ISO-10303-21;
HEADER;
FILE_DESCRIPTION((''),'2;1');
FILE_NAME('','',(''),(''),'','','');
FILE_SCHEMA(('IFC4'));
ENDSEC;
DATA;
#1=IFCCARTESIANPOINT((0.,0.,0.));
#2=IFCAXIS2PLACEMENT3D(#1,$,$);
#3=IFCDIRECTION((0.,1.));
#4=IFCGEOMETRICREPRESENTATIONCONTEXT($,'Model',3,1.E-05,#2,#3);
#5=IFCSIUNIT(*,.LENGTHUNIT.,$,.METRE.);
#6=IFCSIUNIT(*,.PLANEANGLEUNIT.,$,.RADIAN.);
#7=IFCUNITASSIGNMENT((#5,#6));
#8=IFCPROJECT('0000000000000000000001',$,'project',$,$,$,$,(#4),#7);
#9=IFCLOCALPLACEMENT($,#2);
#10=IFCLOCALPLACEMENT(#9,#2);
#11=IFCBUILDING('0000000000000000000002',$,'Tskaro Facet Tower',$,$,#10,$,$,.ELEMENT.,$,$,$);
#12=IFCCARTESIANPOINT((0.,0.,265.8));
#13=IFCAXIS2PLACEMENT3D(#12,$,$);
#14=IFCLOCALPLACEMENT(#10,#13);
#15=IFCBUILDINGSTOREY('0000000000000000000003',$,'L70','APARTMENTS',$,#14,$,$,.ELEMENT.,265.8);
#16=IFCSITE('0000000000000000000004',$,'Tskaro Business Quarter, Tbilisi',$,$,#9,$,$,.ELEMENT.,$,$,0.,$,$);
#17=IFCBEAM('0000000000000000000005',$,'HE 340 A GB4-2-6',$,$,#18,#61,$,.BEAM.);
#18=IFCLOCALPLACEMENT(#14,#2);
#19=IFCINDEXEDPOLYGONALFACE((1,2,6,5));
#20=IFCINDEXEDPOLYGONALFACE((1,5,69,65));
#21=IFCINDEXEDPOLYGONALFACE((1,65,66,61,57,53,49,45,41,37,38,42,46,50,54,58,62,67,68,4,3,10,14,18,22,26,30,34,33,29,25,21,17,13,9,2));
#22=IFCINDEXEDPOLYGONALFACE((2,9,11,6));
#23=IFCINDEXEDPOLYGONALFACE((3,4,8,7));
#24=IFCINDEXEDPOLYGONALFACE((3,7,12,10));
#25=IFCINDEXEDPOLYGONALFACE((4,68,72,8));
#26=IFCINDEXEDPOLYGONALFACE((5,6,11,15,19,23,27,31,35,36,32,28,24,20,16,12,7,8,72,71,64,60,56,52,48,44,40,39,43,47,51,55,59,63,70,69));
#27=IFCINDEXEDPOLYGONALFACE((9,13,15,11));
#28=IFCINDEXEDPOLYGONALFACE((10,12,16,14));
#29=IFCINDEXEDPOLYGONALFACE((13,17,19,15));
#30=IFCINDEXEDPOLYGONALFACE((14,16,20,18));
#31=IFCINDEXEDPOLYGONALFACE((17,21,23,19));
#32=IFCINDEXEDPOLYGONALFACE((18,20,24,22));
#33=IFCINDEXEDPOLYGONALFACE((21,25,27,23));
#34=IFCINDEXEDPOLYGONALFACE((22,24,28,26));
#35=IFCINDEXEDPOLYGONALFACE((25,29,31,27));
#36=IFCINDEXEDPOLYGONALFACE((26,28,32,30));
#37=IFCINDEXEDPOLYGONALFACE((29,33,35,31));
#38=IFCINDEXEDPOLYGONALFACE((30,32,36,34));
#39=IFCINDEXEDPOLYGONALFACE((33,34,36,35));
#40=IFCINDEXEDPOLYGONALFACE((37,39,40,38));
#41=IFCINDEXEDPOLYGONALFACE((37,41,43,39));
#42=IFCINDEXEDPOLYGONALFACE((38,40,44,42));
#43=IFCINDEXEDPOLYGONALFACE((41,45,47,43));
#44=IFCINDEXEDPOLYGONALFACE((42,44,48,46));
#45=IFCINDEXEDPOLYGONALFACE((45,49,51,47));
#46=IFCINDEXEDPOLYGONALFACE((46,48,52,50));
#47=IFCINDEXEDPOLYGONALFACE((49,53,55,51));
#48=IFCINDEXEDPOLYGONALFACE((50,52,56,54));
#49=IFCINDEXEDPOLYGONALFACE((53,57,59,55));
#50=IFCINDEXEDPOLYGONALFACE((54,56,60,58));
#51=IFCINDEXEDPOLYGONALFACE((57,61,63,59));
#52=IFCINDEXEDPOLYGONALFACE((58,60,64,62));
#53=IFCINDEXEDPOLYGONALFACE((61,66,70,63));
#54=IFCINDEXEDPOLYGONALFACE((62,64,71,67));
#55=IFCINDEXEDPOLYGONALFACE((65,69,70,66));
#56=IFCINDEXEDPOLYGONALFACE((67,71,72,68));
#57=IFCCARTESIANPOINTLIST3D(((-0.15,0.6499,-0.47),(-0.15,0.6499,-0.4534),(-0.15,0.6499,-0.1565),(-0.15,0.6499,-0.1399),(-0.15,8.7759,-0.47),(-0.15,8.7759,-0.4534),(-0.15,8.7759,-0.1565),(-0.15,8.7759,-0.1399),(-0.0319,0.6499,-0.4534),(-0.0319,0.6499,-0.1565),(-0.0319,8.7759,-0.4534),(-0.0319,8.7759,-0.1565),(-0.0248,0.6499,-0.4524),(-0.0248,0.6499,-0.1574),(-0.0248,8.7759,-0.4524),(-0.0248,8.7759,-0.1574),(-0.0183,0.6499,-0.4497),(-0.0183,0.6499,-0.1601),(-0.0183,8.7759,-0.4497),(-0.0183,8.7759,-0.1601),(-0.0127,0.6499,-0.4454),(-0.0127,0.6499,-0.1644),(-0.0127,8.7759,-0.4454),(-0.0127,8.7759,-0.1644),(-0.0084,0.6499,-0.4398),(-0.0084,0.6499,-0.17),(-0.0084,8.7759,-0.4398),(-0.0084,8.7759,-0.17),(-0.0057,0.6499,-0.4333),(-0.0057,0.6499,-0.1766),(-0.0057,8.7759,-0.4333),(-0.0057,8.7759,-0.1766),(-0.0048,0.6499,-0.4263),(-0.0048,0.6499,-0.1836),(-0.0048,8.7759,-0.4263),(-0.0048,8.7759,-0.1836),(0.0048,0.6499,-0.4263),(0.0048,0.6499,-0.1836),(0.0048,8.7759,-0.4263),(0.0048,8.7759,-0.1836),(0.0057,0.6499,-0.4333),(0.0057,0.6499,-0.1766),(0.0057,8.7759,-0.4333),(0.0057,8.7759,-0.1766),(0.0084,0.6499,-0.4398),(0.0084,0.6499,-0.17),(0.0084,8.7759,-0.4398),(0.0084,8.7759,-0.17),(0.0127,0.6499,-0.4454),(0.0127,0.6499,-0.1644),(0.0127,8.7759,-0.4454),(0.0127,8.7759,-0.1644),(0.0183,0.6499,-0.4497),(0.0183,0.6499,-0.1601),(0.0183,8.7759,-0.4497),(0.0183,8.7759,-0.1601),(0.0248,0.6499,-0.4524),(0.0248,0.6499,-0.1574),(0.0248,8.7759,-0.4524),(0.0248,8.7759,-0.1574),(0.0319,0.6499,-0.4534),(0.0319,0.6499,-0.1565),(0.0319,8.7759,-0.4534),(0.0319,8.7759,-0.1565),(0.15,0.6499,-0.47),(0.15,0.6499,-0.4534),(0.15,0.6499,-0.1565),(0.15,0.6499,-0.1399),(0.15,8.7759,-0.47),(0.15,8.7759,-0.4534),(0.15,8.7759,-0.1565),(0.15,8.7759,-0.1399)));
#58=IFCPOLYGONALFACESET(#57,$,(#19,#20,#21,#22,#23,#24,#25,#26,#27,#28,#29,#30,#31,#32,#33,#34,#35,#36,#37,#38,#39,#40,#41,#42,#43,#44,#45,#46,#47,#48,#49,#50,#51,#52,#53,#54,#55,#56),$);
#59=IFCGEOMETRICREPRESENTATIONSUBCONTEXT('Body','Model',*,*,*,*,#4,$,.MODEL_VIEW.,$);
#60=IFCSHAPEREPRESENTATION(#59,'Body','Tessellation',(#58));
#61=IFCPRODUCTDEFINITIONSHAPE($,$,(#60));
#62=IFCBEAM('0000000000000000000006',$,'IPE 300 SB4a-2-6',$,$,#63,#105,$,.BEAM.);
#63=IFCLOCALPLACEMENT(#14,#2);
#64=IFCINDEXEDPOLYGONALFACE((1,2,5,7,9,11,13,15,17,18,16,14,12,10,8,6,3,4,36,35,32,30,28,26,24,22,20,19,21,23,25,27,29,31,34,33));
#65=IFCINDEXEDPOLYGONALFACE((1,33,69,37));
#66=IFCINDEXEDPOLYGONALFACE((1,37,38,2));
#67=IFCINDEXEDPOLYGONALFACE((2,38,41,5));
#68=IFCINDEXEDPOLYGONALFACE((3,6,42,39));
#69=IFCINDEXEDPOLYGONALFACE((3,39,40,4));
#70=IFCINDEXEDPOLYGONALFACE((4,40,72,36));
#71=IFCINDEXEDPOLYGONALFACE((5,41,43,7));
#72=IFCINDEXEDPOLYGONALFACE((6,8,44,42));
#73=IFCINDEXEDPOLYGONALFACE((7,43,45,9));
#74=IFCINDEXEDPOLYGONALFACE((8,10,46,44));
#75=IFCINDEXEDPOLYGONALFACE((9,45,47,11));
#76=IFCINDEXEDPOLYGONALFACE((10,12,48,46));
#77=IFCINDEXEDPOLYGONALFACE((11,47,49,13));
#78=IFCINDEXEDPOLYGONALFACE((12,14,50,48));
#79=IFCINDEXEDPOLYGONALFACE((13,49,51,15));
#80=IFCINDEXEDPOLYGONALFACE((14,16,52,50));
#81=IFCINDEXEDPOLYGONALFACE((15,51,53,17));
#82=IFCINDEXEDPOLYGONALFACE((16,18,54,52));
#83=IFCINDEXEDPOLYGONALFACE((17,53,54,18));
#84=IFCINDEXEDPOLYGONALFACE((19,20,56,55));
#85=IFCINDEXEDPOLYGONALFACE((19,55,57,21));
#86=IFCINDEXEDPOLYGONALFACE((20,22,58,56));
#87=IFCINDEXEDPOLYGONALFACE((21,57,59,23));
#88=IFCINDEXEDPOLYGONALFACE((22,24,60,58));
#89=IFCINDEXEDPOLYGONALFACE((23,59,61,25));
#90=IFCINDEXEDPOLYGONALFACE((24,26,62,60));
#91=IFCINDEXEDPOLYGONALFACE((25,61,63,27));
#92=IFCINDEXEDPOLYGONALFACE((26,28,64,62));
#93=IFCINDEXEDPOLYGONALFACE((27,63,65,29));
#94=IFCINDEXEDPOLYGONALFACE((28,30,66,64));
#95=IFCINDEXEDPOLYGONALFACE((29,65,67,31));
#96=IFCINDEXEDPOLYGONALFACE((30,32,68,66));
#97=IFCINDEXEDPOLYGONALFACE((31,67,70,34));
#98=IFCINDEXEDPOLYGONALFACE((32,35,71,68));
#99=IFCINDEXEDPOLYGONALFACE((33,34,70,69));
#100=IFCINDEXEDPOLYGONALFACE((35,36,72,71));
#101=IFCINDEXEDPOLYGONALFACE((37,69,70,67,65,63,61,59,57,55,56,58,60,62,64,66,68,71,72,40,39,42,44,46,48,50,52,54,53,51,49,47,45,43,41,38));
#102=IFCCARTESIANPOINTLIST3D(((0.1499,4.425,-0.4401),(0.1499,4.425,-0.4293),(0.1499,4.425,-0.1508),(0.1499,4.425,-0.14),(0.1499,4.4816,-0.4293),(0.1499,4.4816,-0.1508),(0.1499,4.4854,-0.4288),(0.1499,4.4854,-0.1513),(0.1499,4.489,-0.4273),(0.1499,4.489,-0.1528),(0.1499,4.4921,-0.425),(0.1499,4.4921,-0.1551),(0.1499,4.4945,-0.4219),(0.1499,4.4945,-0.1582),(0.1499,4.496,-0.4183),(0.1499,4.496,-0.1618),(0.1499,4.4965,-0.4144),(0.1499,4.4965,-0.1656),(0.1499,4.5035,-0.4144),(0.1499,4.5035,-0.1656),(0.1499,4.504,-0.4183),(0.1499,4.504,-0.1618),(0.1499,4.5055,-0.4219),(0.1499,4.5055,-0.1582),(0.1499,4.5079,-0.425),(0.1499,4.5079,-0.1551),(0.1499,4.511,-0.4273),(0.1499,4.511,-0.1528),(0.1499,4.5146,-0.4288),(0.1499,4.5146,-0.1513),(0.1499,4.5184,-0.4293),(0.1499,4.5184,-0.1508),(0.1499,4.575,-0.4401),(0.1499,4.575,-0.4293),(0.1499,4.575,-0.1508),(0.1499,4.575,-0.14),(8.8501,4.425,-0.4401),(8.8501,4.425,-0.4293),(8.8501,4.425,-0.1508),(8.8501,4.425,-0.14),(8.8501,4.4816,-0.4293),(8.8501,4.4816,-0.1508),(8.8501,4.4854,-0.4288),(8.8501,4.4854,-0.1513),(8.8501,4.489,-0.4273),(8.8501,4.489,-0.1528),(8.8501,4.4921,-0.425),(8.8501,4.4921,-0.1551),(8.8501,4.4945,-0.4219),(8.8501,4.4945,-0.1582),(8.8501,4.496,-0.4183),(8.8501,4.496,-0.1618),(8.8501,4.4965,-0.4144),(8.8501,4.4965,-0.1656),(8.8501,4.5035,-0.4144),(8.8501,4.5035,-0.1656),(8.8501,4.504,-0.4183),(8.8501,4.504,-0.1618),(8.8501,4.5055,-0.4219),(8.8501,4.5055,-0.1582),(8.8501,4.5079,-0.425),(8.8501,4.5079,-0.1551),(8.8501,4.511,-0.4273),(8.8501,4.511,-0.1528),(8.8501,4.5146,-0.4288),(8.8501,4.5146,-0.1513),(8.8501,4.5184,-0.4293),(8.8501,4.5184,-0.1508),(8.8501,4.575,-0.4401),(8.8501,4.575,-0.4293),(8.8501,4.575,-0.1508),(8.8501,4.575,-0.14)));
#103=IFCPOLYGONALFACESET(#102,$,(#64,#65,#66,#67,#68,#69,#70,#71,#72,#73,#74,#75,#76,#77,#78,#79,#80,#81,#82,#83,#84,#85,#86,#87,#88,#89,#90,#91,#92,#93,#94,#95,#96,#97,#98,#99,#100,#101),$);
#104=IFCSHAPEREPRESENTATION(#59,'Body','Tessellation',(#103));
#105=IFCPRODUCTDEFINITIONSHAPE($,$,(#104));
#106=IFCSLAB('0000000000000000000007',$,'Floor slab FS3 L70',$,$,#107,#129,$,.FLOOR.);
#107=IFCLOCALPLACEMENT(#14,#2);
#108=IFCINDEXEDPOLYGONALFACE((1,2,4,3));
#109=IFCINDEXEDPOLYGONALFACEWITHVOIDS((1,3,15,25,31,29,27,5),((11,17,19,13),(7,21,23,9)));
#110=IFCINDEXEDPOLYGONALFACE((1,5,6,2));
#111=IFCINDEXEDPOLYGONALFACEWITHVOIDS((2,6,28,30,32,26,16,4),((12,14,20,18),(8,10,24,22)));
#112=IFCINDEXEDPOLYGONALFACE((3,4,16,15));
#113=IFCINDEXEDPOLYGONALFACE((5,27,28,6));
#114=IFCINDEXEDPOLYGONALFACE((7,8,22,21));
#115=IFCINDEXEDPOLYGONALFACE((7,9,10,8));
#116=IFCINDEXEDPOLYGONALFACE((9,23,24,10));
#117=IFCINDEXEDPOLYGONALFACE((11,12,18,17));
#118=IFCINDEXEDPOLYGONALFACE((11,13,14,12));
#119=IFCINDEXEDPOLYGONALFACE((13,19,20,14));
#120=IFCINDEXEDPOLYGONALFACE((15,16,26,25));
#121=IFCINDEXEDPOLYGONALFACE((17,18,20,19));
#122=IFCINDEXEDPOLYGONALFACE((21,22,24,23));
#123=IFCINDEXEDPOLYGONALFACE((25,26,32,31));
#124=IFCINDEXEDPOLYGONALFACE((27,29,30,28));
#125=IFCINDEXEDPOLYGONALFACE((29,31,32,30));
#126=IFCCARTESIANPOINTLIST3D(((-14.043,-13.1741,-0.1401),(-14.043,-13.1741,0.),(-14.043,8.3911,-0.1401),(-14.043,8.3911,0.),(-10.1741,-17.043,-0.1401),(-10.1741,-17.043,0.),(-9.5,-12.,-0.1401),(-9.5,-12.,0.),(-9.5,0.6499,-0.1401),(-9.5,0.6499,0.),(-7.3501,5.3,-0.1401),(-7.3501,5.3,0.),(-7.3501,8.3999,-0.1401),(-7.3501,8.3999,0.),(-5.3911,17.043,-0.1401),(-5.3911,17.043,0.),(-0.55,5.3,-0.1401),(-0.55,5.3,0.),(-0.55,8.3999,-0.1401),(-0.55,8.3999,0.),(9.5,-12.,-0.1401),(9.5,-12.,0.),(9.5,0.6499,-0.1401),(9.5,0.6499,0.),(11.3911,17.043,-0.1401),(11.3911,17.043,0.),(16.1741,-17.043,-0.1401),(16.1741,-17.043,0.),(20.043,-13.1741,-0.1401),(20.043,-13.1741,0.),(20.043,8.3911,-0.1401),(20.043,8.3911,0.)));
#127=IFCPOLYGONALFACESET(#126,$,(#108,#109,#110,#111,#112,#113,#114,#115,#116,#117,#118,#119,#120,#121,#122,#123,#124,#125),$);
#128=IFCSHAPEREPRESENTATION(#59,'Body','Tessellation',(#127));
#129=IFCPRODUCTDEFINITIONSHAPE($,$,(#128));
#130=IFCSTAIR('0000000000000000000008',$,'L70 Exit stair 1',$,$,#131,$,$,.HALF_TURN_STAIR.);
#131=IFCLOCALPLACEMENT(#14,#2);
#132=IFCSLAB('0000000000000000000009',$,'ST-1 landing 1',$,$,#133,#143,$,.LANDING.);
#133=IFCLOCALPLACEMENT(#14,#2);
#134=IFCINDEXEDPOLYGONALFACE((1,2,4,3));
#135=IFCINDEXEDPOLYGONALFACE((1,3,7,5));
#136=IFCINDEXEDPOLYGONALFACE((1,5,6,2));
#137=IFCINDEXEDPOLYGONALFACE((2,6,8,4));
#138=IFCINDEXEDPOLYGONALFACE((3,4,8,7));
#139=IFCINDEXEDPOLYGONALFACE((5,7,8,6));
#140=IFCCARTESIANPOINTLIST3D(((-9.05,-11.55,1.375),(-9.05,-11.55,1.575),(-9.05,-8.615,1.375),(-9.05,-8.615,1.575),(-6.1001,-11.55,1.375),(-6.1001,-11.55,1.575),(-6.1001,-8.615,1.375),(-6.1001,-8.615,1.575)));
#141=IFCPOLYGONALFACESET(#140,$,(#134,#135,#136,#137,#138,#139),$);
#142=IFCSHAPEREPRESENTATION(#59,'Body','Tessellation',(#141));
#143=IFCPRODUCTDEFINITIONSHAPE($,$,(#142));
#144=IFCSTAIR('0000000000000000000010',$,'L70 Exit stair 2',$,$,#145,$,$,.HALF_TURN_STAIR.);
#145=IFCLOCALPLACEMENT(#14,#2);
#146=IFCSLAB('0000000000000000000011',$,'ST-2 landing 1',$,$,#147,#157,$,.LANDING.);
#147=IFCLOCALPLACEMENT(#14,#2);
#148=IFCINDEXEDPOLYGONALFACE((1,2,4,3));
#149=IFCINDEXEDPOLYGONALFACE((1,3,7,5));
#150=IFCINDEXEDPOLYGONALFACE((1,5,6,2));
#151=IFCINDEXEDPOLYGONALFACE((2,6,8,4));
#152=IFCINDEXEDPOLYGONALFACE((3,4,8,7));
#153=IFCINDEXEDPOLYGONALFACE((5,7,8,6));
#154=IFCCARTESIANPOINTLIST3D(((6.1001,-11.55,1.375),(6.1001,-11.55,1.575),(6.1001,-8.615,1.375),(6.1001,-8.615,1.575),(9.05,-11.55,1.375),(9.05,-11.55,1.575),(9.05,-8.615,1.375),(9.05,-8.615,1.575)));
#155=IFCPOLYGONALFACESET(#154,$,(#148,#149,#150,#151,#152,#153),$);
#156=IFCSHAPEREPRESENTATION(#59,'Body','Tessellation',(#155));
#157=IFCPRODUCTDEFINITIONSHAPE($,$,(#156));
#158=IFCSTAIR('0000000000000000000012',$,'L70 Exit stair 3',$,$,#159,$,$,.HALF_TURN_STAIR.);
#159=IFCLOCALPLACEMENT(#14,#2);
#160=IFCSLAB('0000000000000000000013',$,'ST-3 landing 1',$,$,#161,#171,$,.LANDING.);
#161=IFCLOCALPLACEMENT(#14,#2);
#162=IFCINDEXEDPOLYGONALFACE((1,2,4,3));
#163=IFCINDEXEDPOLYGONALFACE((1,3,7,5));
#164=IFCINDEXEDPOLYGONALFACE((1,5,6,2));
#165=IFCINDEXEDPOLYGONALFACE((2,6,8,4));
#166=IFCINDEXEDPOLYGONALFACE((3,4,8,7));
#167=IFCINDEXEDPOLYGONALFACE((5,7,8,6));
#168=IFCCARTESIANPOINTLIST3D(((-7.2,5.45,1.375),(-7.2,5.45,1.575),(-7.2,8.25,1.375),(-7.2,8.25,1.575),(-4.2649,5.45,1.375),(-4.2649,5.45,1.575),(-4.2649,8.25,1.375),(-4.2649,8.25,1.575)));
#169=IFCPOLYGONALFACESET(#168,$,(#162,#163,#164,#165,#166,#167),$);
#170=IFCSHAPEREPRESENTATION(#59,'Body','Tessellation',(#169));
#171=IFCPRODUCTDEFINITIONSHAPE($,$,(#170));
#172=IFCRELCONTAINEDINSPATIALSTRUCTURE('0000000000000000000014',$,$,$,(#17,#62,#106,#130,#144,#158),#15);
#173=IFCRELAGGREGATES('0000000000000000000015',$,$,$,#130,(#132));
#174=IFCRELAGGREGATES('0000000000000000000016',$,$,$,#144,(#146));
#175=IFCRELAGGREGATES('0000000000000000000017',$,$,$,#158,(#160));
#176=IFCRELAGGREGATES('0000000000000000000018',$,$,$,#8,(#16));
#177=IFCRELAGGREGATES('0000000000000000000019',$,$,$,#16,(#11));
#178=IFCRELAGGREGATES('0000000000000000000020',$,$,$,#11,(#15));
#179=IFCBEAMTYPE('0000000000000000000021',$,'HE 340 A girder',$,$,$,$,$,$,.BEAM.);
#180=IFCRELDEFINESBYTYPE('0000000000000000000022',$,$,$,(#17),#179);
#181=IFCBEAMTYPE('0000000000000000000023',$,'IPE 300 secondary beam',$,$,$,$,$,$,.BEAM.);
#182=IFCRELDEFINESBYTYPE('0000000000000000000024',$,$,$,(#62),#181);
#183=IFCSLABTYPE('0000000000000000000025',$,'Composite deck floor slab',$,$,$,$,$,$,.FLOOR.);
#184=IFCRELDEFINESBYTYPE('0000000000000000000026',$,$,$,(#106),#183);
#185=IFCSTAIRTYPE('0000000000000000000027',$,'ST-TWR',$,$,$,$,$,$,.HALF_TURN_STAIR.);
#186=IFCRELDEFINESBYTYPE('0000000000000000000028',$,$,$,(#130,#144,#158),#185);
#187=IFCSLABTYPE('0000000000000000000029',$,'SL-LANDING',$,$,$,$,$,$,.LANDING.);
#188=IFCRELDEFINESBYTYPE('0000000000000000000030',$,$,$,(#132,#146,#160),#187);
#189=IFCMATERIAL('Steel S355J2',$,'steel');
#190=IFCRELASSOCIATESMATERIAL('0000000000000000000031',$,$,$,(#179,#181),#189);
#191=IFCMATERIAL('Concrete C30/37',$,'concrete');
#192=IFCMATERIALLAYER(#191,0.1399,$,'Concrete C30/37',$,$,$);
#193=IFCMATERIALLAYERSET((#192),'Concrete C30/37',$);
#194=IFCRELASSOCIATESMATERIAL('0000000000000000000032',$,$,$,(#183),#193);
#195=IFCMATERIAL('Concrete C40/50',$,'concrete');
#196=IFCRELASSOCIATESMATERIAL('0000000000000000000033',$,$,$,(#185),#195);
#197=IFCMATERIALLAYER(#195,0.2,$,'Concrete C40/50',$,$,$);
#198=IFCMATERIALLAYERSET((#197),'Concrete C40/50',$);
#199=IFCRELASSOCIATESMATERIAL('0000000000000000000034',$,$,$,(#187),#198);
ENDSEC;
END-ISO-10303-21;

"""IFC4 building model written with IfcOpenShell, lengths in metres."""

from ifc_helpers import new_model, si_unit, direction, frame, origin, origin_2d, place, context, subcontext, project, spatial, polyline, i_section, outline, extrude, material, layer, layer_set, material_profile, profile_set, type_object, element, aggregate, save


model = new_model("IFC4")

# Units and contexts
model_context = context("Model", 3, precision=1e-05, world=origin(), true_north=direction((0.0, 1.0)))
body_context = subcontext(model_context, "Body", "Model", "MODEL_VIEW")
ifc_project = project(units=[si_unit("LENGTHUNIT", "METRE"), si_unit("PLANEANGLEUNIT", "RADIAN")], contexts=[model_context])

# Site, building, storey
site_placement = place(None, origin())
site = spatial("IfcSite", under=ifc_project, at=site_placement, Name="Tskaro Business Quarter, Tbilisi", CompositionType="ELEMENT", RefElevation=0.0)
building_placement = place(site_placement, origin())
building = spatial("IfcBuilding", under=site, at=building_placement, Name="Tskaro Facet Tower", CompositionType="ELEMENT")
storey_placement = place(building_placement, frame((0.0, 0.0, 265.8)))
storey = spatial("IfcBuildingStorey", under=building, at=storey_placement, Name="L70", Description="APARTMENTS", CompositionType="ELEMENT", Elevation=265.8)

# Beams
ifc_material_1 = material(Name="Steel S355J2", Category="steel")
ifc_material_profile_1 = material_profile(ifc_material_1, i_section(OverallWidth=0.3, OverallDepth=0.3301, WebThickness=0.0095, FlangeThickness=0.0166, FilletRadius=0.0271, at=origin_2d()), Name="HE 340 A")
ifc_profile_set_1 = profile_set([ifc_material_profile_1], Name="Steel S355J2")
beam_type_1 = type_object("IfcBeamType", Name="HE 340 A girder", PredefinedType="BEAM", material=ifc_profile_set_1)
beam_1_placement = place(storey_placement, frame((0.0, 0.6499, -0.3049), z_axis=(0.0, 1.0, 0.0), x_axis=(-1.0, 0.0, 0.0)))
element("IfcBeam", 1, at=beam_1_placement, inside=storey, type_object=beam_type_1, Name="HE 340 A GB4-2-6", PredefinedType="BEAM", context=body_context, shape_type="SweptSolid", body=[
    extrude(i_section(OverallWidth=0.3, OverallDepth=0.3301, WebThickness=0.0095, FlangeThickness=0.0166, FilletRadius=0.0271, at=origin_2d()), origin(), (0.0, 0.0, 1.0), 8.126),
])
ifc_material_profile_2 = material_profile(ifc_material_1, i_section(OverallWidth=0.1499, OverallDepth=0.3, WebThickness=0.0071, FlangeThickness=0.0107, FilletRadius=0.0149, at=origin_2d()), Name="IPE 300")
ifc_profile_set_2 = profile_set([ifc_material_profile_2], Name="Steel S355J2")
beam_type_2 = type_object("IfcBeamType", Name="IPE 300 secondary beam", PredefinedType="BEAM", material=ifc_profile_set_2)
beam_2_placement = place(storey_placement, frame((0.1499, 4.5, -0.29), z_axis=(1.0, 0.0, 0.0), x_axis=(0.0, 1.0, 0.0)))
element("IfcBeam", 2, at=beam_2_placement, inside=storey, type_object=beam_type_2, Name="IPE 300 SB4a-2-6", PredefinedType="BEAM", context=body_context, shape_type="SweptSolid", body=[
    extrude(i_section(OverallWidth=0.1499, OverallDepth=0.3, WebThickness=0.0071, FlangeThickness=0.0107, FilletRadius=0.0149, at=origin_2d()), origin(), (0.0, 0.0, 1.0), 8.7002),
])

# Slab
ifc_material_2 = material(Name="Concrete C30/37", Category="concrete")
ifc_layer_1 = layer(ifc_material_2, 0.1399, Name="Concrete C30/37")
ifc_layer_set_1 = layer_set([ifc_layer_1], Name="Concrete C30/37")
slab_type_1 = type_object("IfcSlabType", Name="Composite deck floor slab", PredefinedType="FLOOR", material=ifc_layer_set_1)
slab_1_placement = place(storey_placement, frame((0.0, 0.0, -0.1401)))
element("IfcSlab", 3, at=slab_1_placement, inside=storey, type_object=slab_type_1, Name="Floor slab FS3 L70", PredefinedType="FLOOR", context=body_context, shape_type="SweptSolid", body=[
    extrude(outline(polyline([(-10.1741, -17.043), (16.1741, -17.043), (20.043, -13.1741), (20.043, 8.3911), (11.3911, 17.043), (-5.3911, 17.043), (-14.043, 8.3911), (-14.043, -13.1741), (-10.1741, -17.043)]), holes=[polyline([(-9.5, -12.0), (9.5, -12.0), (9.5, 0.6499), (-9.5, 0.6499), (-9.5, -12.0)]), polyline([(-7.3501, 5.3), (-0.55, 5.3), (-0.55, 8.3999), (-7.3501, 8.3999), (-7.3501, 5.3)])]), origin(), (0.0, 0.0, 1.0), 0.1401),
])

# Stairs, slabs
ifc_material_3 = material(Name="Concrete C40/50", Category="concrete")
stair_type = type_object("IfcStairType", Name="ST-TWR", PredefinedType="HALF_TURN_STAIR", material=ifc_material_3)
stair_1_placement = place(storey_placement, origin())
stair_1 = element("IfcStair", 4, at=stair_1_placement, inside=storey, type_object=stair_type, Name="L70 Exit stair 1", PredefinedType="HALF_TURN_STAIR")
ifc_layer_2 = layer(ifc_material_3, 0.2, Name="Concrete C40/50")
ifc_layer_set_2 = layer_set([ifc_layer_2], Name="Concrete C40/50")
slab_type_2 = type_object("IfcSlabType", Name="SL-LANDING", PredefinedType="LANDING", material=ifc_layer_set_2)
slab_2_placement = place(storey_placement, frame((0.0, 0.0, 1.375)))
slab_2 = element("IfcSlab", 5, at=slab_2_placement, type_object=slab_type_2, Name="ST-1 landing 1", PredefinedType="LANDING", context=body_context, shape_type="SweptSolid", body=[
    extrude(outline(polyline([(-9.05, -11.55), (-6.1001, -11.55), (-6.1001, -8.615), (-9.05, -8.615), (-9.05, -11.55)])), origin(), (0.0, 0.0, 1.0), 0.2),
])
aggregate(stair_1, [slab_2])
stair_2_placement = place(storey_placement, origin())
stair_2 = element("IfcStair", 6, at=stair_2_placement, inside=storey, type_object=stair_type, Name="L70 Exit stair 2", PredefinedType="HALF_TURN_STAIR")
slab_3_placement = place(storey_placement, frame((0.0, 0.0, 1.375)))
slab_3 = element("IfcSlab", 7, at=slab_3_placement, type_object=slab_type_2, Name="ST-2 landing 1", PredefinedType="LANDING", context=body_context, shape_type="SweptSolid", body=[
    extrude(outline(polyline([(6.1001, -11.55), (9.05, -11.55), (9.05, -8.615), (6.1001, -8.615), (6.1001, -11.55)])), origin(), (0.0, 0.0, 1.0), 0.2),
])
aggregate(stair_2, [slab_3])
stair_3_placement = place(storey_placement, origin())
stair_3 = element("IfcStair", 8, at=stair_3_placement, inside=storey, type_object=stair_type, Name="L70 Exit stair 3", PredefinedType="HALF_TURN_STAIR")
slab_4_placement = place(storey_placement, frame((0.0, 0.0, 1.375)))
slab_4 = element("IfcSlab", 9, at=slab_4_placement, type_object=slab_type_2, Name="ST-3 landing 1", PredefinedType="LANDING", context=body_context, shape_type="SweptSolid", body=[
    extrude(outline(polyline([(-7.2, 5.45), (-4.2649, 5.45), (-4.2649, 8.25), (-7.2, 8.25), (-7.2, 5.45)])), origin(), (0.0, 0.0, 1.0), 0.2),
])

aggregate(stair_3, [slab_4])

save(model, "model.ifc")
